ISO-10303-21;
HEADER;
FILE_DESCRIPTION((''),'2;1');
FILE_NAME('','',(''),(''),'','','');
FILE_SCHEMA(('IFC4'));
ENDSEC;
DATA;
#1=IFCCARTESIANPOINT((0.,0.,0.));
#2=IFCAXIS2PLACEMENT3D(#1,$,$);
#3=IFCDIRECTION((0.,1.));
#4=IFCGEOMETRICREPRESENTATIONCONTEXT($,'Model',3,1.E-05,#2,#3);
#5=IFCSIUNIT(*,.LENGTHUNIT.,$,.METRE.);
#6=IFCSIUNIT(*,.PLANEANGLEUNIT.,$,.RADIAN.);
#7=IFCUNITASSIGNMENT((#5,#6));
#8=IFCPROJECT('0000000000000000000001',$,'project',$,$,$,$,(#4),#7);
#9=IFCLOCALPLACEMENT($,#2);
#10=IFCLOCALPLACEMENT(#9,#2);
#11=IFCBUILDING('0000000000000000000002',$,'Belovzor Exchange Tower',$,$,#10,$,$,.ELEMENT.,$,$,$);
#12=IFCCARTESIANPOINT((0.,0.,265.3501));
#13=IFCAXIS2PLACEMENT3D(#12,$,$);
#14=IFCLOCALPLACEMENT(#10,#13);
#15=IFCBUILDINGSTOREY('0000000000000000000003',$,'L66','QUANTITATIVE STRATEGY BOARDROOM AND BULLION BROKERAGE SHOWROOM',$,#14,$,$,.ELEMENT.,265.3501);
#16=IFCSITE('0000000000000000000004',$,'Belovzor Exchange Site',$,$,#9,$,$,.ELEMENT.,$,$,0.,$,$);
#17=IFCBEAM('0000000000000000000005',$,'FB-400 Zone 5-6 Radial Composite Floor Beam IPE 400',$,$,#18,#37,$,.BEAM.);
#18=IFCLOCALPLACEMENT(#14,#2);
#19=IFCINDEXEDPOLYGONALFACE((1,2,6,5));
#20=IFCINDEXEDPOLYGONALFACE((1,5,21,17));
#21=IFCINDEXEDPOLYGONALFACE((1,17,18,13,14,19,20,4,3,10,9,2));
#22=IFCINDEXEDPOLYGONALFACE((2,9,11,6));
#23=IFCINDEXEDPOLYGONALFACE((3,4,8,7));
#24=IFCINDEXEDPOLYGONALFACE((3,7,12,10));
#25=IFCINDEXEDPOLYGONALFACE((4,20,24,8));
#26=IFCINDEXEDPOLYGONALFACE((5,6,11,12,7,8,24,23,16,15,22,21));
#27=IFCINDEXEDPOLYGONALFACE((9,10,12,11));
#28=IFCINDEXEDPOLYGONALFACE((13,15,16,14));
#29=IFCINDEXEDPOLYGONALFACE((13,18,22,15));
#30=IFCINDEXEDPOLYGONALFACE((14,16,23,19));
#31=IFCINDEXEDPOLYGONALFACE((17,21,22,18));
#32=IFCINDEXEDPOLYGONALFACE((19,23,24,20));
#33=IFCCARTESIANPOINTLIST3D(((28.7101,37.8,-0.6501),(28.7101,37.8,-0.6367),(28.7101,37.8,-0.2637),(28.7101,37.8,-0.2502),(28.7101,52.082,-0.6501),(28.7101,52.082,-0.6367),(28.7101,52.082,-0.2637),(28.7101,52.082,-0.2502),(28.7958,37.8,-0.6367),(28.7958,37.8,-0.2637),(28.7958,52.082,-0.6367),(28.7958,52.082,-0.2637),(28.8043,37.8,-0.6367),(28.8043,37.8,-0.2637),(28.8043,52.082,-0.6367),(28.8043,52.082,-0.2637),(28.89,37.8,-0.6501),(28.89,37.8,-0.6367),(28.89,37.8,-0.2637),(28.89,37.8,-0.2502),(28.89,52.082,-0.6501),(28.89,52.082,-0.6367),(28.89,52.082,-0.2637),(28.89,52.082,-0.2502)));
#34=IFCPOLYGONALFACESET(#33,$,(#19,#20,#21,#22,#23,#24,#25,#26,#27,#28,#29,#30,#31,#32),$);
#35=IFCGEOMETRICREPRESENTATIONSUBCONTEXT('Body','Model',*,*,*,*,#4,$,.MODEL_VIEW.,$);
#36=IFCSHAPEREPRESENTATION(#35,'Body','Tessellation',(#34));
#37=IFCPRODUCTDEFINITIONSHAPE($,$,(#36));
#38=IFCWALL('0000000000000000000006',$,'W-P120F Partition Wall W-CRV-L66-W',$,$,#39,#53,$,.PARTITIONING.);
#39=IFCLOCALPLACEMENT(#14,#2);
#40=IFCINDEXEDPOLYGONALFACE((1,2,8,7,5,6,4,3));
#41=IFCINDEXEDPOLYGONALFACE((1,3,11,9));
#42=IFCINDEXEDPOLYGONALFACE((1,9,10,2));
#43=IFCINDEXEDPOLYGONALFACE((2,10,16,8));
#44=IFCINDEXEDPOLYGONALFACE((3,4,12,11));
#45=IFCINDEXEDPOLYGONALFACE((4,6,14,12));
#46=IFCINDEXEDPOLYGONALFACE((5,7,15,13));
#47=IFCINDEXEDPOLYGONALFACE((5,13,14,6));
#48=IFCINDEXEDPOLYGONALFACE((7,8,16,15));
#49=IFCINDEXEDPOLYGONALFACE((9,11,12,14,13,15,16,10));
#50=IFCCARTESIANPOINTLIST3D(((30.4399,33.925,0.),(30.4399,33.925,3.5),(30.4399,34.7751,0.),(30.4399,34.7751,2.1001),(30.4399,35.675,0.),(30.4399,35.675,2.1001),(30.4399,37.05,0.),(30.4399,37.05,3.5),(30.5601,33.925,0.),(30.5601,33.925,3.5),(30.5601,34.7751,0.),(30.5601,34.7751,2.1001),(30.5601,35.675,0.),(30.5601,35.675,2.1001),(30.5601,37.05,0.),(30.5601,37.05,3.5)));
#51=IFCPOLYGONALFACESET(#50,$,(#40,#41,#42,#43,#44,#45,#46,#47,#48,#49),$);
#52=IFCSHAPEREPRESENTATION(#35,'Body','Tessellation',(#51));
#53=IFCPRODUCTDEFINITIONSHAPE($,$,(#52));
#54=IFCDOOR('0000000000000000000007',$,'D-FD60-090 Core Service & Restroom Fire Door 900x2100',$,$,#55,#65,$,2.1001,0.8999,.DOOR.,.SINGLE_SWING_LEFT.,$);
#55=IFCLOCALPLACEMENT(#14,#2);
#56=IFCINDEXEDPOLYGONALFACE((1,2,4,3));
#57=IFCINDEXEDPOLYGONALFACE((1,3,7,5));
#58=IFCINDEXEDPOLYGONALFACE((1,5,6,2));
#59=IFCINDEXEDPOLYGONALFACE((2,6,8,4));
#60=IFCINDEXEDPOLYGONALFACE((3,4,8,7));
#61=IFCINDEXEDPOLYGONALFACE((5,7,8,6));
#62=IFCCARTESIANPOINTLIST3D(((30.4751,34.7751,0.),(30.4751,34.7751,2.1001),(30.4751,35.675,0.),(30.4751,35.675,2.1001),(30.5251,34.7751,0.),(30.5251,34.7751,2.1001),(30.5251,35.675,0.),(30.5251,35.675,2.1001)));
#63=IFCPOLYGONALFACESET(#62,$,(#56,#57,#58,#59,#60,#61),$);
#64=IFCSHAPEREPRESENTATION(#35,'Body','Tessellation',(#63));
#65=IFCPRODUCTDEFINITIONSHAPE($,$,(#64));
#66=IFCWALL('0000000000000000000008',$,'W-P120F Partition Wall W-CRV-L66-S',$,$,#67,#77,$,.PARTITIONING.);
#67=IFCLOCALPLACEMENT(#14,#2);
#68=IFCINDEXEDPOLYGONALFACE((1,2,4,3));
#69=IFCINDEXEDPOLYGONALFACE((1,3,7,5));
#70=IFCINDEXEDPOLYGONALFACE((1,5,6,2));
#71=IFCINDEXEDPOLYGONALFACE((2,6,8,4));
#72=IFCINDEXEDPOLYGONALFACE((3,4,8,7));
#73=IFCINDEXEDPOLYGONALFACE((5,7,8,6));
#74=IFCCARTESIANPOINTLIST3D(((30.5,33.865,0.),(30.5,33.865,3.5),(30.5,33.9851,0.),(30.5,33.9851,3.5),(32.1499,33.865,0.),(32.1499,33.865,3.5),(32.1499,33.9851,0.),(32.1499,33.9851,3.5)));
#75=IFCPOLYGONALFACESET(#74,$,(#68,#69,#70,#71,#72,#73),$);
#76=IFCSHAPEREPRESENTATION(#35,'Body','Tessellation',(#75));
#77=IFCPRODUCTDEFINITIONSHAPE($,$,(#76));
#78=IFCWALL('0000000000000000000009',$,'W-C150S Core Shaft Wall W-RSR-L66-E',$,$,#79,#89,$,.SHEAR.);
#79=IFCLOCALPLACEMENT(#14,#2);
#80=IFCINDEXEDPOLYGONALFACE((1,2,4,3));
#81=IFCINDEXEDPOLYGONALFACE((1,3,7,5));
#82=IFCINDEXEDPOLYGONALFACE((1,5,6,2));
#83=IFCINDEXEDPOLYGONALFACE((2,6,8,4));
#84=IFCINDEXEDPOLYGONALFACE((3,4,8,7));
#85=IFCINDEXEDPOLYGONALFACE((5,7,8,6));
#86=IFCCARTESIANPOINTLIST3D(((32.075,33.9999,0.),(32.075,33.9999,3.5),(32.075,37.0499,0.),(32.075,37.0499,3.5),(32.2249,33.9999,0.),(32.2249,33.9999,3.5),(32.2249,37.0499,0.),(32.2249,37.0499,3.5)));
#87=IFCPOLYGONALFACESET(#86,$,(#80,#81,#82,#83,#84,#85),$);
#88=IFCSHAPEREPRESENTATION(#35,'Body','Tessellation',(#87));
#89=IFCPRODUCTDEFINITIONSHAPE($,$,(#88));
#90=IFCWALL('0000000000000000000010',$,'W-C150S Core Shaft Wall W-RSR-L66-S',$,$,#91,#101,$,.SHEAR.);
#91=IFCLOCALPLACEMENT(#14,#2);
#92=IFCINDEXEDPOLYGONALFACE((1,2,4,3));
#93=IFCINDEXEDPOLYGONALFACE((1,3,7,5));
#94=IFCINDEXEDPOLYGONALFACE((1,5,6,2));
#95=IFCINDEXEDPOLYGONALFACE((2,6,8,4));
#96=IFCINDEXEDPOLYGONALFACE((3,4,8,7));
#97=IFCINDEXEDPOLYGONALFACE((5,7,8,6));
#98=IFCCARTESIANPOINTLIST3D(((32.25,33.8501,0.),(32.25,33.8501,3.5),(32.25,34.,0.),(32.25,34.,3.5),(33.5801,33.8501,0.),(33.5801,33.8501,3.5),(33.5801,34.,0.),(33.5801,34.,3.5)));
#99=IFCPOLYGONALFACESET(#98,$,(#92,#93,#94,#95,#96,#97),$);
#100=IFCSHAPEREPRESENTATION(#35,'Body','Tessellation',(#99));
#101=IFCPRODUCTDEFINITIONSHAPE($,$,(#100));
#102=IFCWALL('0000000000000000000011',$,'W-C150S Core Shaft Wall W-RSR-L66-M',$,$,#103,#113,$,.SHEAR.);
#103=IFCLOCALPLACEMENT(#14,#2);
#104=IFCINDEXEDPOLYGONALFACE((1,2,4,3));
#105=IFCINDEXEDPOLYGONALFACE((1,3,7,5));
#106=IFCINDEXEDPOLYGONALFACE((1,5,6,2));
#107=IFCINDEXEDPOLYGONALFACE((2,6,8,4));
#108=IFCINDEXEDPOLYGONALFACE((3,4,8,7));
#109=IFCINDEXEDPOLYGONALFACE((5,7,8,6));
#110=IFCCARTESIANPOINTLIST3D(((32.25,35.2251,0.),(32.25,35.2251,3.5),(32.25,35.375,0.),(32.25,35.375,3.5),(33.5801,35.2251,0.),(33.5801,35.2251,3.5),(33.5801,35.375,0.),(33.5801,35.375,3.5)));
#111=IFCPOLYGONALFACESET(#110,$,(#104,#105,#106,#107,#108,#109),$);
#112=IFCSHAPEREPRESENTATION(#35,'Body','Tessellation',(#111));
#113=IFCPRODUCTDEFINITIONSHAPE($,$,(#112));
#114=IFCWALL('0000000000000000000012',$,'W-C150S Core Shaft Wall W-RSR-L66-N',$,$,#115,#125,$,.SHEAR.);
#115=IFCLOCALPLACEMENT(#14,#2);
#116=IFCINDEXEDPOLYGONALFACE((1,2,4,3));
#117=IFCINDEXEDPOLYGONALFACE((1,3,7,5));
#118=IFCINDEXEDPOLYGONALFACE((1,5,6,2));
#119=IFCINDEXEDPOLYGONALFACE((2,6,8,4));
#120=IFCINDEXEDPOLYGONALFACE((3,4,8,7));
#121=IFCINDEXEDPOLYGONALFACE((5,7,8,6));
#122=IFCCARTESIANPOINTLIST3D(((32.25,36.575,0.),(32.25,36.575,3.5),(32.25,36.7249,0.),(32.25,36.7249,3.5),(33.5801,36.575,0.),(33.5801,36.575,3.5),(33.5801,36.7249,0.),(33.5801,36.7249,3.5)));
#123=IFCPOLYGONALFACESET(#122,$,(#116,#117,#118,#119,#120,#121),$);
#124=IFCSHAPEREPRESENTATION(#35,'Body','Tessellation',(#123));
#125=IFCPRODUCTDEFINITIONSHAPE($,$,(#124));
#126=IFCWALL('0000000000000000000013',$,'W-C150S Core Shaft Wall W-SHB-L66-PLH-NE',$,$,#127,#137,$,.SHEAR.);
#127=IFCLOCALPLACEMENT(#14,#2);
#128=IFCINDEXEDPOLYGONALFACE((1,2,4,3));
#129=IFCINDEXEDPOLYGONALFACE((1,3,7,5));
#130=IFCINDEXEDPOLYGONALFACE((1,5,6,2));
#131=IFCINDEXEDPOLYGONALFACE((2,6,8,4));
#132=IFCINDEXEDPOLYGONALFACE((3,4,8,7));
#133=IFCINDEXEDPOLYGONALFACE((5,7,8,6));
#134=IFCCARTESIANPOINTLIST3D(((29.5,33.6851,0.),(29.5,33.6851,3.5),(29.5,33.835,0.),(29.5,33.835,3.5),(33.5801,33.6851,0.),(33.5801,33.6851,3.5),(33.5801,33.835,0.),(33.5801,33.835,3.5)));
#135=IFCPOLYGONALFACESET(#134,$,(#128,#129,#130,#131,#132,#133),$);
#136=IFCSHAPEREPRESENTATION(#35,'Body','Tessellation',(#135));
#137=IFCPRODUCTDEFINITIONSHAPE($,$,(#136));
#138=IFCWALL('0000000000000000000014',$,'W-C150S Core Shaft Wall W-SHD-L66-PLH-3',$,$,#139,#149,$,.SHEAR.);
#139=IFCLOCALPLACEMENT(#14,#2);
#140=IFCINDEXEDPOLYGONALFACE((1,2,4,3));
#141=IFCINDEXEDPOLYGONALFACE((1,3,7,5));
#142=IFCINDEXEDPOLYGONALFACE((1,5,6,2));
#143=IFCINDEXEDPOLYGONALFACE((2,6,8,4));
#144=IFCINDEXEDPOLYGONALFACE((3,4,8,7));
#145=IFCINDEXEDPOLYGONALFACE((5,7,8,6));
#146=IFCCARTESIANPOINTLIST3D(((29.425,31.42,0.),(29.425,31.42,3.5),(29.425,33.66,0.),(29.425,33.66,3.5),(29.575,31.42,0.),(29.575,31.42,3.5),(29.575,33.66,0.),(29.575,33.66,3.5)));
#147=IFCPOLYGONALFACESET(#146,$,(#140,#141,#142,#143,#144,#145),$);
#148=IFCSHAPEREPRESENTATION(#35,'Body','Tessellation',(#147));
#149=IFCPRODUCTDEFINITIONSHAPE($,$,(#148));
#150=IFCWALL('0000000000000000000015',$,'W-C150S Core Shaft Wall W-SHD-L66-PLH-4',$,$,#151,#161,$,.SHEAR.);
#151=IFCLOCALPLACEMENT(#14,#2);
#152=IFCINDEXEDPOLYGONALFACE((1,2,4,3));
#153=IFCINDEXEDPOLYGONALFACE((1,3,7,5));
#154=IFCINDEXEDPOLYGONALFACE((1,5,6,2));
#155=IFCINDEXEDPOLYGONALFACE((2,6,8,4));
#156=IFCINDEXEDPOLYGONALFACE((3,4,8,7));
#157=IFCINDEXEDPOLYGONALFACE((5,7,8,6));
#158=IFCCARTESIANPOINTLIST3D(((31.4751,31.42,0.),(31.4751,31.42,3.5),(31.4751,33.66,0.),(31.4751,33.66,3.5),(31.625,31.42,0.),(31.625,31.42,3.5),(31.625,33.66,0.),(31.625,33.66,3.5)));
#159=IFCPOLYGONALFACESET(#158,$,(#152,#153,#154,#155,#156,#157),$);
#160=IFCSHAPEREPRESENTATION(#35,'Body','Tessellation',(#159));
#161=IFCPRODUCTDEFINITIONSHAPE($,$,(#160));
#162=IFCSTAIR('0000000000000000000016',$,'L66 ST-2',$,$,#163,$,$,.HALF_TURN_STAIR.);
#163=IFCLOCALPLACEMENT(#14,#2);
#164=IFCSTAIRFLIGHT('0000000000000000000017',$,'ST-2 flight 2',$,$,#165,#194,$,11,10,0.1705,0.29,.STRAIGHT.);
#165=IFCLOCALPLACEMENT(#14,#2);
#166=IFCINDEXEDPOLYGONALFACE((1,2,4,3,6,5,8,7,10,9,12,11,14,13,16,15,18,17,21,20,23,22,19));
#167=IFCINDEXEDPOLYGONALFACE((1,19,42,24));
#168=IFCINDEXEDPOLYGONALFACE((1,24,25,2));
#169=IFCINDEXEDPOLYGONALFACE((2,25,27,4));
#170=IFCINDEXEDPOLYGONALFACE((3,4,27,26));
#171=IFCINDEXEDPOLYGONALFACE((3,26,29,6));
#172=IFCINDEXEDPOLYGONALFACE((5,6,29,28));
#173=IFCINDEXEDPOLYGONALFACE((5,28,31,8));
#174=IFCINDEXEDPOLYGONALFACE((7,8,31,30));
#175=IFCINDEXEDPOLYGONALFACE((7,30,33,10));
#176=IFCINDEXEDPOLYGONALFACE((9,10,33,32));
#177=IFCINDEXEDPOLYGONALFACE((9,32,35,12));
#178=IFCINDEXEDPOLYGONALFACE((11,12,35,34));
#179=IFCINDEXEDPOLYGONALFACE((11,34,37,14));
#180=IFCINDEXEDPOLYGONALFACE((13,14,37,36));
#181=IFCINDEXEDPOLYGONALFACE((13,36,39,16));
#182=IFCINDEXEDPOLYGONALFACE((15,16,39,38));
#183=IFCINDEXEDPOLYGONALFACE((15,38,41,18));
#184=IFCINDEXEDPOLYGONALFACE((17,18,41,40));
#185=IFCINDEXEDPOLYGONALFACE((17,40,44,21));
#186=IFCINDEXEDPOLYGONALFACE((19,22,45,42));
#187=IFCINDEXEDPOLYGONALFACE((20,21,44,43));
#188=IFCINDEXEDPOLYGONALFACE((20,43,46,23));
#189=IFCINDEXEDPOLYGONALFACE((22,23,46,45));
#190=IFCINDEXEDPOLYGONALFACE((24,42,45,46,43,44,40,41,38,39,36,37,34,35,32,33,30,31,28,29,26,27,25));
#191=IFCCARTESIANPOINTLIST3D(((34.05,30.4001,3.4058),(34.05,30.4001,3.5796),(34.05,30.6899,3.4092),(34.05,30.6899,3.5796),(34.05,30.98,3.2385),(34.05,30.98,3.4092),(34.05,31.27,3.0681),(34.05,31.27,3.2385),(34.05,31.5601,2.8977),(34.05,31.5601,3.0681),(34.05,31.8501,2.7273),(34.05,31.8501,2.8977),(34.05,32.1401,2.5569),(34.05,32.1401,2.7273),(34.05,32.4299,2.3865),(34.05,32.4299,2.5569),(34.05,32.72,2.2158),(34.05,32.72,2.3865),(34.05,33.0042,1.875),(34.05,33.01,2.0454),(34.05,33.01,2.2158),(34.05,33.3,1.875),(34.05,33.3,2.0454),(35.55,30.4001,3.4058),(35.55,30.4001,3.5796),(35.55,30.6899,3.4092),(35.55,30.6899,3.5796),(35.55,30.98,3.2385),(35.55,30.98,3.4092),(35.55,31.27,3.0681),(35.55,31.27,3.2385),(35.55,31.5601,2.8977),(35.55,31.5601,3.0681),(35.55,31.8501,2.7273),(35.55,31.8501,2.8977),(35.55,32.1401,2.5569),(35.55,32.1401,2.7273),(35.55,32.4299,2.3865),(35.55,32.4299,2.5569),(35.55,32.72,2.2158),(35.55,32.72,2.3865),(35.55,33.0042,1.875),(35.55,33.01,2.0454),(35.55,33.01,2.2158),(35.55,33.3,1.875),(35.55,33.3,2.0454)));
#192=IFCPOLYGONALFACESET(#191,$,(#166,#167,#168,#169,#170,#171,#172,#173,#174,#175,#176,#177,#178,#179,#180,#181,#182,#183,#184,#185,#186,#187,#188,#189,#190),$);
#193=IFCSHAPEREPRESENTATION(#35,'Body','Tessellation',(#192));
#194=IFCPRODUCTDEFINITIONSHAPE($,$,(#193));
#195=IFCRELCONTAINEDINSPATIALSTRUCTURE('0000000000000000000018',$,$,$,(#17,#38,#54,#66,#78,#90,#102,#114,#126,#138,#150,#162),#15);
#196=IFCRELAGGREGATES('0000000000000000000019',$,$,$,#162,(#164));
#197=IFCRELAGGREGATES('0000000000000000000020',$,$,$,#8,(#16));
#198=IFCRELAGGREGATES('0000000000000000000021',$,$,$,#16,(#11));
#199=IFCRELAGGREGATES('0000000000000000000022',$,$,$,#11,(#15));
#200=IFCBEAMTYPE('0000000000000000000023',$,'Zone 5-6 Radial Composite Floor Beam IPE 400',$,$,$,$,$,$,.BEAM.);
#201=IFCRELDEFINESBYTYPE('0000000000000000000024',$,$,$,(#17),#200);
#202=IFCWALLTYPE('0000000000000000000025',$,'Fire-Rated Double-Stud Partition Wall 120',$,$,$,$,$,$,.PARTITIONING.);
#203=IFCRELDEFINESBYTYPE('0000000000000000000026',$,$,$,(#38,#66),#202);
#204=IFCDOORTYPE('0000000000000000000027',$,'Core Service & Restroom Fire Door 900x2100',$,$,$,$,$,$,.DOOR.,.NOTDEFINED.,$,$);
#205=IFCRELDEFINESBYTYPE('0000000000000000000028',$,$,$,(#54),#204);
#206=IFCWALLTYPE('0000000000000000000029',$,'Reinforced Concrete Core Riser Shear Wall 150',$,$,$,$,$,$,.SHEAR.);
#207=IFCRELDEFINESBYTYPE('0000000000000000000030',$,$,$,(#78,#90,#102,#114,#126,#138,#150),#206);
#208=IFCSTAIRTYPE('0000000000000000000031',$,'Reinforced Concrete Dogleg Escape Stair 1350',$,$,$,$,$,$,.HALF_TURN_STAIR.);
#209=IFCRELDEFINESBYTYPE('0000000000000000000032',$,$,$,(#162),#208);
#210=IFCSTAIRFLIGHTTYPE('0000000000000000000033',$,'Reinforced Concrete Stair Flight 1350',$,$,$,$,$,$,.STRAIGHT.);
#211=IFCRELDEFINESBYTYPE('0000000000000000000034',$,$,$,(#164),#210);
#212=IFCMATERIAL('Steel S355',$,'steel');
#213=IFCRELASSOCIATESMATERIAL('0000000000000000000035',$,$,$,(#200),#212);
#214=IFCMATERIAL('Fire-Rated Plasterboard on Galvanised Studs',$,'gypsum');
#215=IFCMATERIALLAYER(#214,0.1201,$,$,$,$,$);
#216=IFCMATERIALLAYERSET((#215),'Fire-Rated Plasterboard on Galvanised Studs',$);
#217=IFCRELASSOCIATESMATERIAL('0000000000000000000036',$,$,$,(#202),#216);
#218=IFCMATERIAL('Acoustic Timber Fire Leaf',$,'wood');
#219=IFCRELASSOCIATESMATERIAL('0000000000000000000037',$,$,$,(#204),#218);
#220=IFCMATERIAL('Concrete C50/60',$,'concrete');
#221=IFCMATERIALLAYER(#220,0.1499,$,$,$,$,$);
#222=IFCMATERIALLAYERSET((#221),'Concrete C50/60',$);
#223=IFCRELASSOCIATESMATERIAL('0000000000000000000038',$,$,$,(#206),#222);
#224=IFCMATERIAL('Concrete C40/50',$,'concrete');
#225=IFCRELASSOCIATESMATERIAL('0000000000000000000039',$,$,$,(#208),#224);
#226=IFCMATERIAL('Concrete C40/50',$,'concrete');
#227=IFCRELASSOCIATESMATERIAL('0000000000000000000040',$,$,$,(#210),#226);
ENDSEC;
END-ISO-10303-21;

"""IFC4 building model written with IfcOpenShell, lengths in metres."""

from ifc_helpers import new_model, si_unit, direction, frame, frame_2d, origin, origin_2d, place, context, subcontext, project, spatial, polyline, rectangle, i_section, outline, extrude, material, layer, layer_set, material_profile, profile_set, type_object, element, fill, aggregate, save


model = new_model("IFC4")

# Units and contexts
model_context = context("Model", 3, precision=1e-05, world=origin(), true_north=direction((0.0, 1.0)))
body_context = subcontext(model_context, "Body", "Model", "MODEL_VIEW")
ifc_project = project(units=[si_unit("LENGTHUNIT", "METRE"), si_unit("PLANEANGLEUNIT", "RADIAN")], contexts=[model_context])

# Site, building, storey
site_placement = place(None, origin())
site = spatial("IfcSite", under=ifc_project, at=site_placement, Name="Belovzor Exchange Site", CompositionType="ELEMENT", RefElevation=0.0)
building_placement = place(site_placement, origin())
building = spatial("IfcBuilding", under=site, at=building_placement, Name="Belovzor Exchange Tower", CompositionType="ELEMENT")
storey_placement = place(building_placement, frame((0.0, 0.0, 265.3501)))
storey = spatial("IfcBuildingStorey", under=building, at=storey_placement, Name="L66", Description="QUANTITATIVE STRATEGY BOARDROOM AND BULLION BROKERAGE SHOWROOM", CompositionType="ELEMENT", Elevation=265.3501)

# Beam
ifc_material_1 = material(Name="Steel S355", Category="steel")
ifc_material_profile = material_profile(ifc_material_1, i_section(OverallWidth=0.1799, OverallDepth=0.3999, WebThickness=0.0085, FlangeThickness=0.0134, at=origin_2d()))
ifc_profile_set = profile_set([ifc_material_profile], Name="Steel S355")
beam_type = type_object("IfcBeamType", Name="Zone 5-6 Radial Composite Floor Beam IPE 400", PredefinedType="BEAM", material=ifc_profile_set)
beam_placement = place(storey_placement, frame((28.8, 37.8, -0.4502), z_axis=(0.0, 1.0, 0.0), x_axis=(-1.0, 0.0, 0.0)))
element("IfcBeam", 1, at=beam_placement, inside=storey, type_object=beam_type, Name="FB-400 Zone 5-6 Radial Composite Floor Beam IPE 400", PredefinedType="BEAM", context=body_context, shape_type="SweptSolid", body=[
    extrude(i_section(OverallWidth=0.1799, OverallDepth=0.3999, WebThickness=0.0085, FlangeThickness=0.0134, at=origin_2d()), origin(), (0.0, 0.0, 1.0), 14.282),
])

# Wall, opening, door
ifc_material_2 = material(Name="Fire-Rated Plasterboard on Galvanised Studs", Category="gypsum")
ifc_layer_1 = layer(ifc_material_2, 0.1201)
ifc_layer_set_1 = layer_set([ifc_layer_1], Name="Fire-Rated Plasterboard on Galvanised Studs")
wall_type_1 = type_object("IfcWallType", Name="Fire-Rated Double-Stud Partition Wall 120", PredefinedType="PARTITIONING", material=ifc_layer_set_1)
wall_1_placement = place(storey_placement, frame((30.5, 33.925, 0.0), z_axis=(0.0, 0.0, 1.0), x_axis=(0.0, 1.0, 0.0)))
wall_1 = element("IfcWall", 2, at=wall_1_placement, inside=storey, type_object=wall_type_1, Name="W-P120F Partition Wall W-CRV-L66-W", PredefinedType="PARTITIONING", context=body_context, shape_type="SweptSolid", body=[
    extrude(rectangle(XDim=3.125, YDim=0.1201, at=frame_2d((1.5625, 0.0))), origin(), (0.0, 0.0, 1.0), 3.5),
])
opening_1_placement = place(wall_1_placement, frame((0.8501, 0.0, 0.0)))
opening_1 = element("IfcOpeningElement", 3, at=opening_1_placement, cuts=wall_1, PredefinedType="OPENING", context=body_context, shape_type="SweptSolid", body=[
    extrude(rectangle(XDim=0.8999, YDim=2.1001, at=frame_2d((0.45, 1.05))), frame((0.0, 0.0701, 0.0), z_axis=(0.0, -1.0, 0.0), x_axis=(1.0, 0.0, 0.0)), (0.0, 0.0, 1.0), 0.1401),
])
ifc_material_3 = material(Name="Acoustic Timber Fire Leaf", Category="wood")
door_type_1 = type_object("IfcDoorType", Name="Core Service & Restroom Fire Door 900x2100", OperationType="NOTDEFINED", PredefinedType="DOOR", material=ifc_material_3)
door_1_placement = place(opening_1_placement, origin())
door_1 = element("IfcDoor", 4, at=door_1_placement, inside=storey, type_object=door_type_1, Name="D-FD60-090 Core Service & Restroom Fire Door 900x2100", OperationType="SINGLE_SWING_LEFT", OverallHeight=2.1001, OverallWidth=0.8999, PredefinedType="DOOR", context=body_context, shape_type="SweptSolid", body=[
    extrude(rectangle(XDim=0.8999, YDim=2.1001, at=frame_2d((0.45, 1.05))), frame((0.0, 0.0249, 0.0), z_axis=(0.0, -1.0, 0.0), x_axis=(1.0, 0.0, 0.0)), (0.0, 0.0, 1.0), 0.05),
])
fill(opening_1, door_1)

# Walls
wall_2_placement = place(storey_placement, frame((30.5, 33.925, 0.0), z_axis=(0.0, 0.0, 1.0), x_axis=(1.0, 0.0, 0.0)))
element("IfcWall", 5, at=wall_2_placement, inside=storey, type_object=wall_type_1, Name="W-P120F Partition Wall W-CRV-L66-S", PredefinedType="PARTITIONING", context=body_context, shape_type="SweptSolid", body=[
    extrude(rectangle(XDim=1.6499, YDim=0.1201, at=frame_2d((0.825, 0.0))), origin(), (0.0, 0.0, 1.0), 3.5),
])
ifc_material_4 = material(Name="Concrete C50/60", Category="concrete")
ifc_layer_2 = layer(ifc_material_4, 0.1499)
ifc_layer_set_2 = layer_set([ifc_layer_2], Name="Concrete C50/60")
wall_type_2 = type_object("IfcWallType", Name="Reinforced Concrete Core Riser Shear Wall 150", PredefinedType="SHEAR", material=ifc_layer_set_2)
wall_3_placement = place(storey_placement, frame((32.1499, 34.0, 0.0), z_axis=(0.0, 0.0, 1.0), x_axis=(0.0, 1.0, 0.0)))
element("IfcWall", 6, at=wall_3_placement, inside=storey, type_object=wall_type_2, Name="W-C150S Core Shaft Wall W-RSR-L66-E", PredefinedType="SHEAR", context=body_context, shape_type="SweptSolid", body=[
    extrude(rectangle(XDim=3.05, YDim=0.1499, at=frame_2d((1.5249, 0.0))), origin(), (0.0, 0.0, 1.0), 3.5),
])
for number, where, z_axis, x_axis, name in (
    (7, (32.25, 33.925, 0.0), (0.0, 0.0, 1.0), (1.0, 0.0, 0.0), "W-C150S Core Shaft Wall W-RSR-L66-S"),
    (8, (32.25, 35.3, 0.0), (0.0, 0.0, 1.0), (1.0, 0.0, 0.0), "W-C150S Core Shaft Wall W-RSR-L66-M"),
    (9, (32.25, 36.6499, 0.0), (0.0, 0.0, 1.0), (1.0, 0.0, 0.0), "W-C150S Core Shaft Wall W-RSR-L66-N"),
):
    element("IfcWall", number, at=place(storey_placement, frame(where, z_axis=z_axis, x_axis=x_axis)), inside=storey, type_object=wall_type_2, Name=name, PredefinedType="SHEAR", context=body_context, shape_type="SweptSolid", body=[
        extrude(rectangle(XDim=1.3301, YDim=0.1499, at=frame_2d((0.665, 0.0))), origin(), (0.0, 0.0, 1.0), 3.5),
    ])
wall_4_placement = place(storey_placement, frame((29.5, 33.76, 0.0), z_axis=(0.0, 0.0, 1.0), x_axis=(1.0, 0.0, 0.0)))
element("IfcWall", 10, at=wall_4_placement, inside=storey, type_object=wall_type_2, Name="W-C150S Core Shaft Wall W-SHB-L66-PLH-NE", PredefinedType="SHEAR", context=body_context, shape_type="SweptSolid", body=[
    extrude(rectangle(XDim=4.0801, YDim=0.1499, at=frame_2d((2.04, 0.0))), origin(), (0.0, 0.0, 1.0), 3.5),
])
for number, where, z_axis, x_axis, name in (
    (11, (29.5, 31.4199, 0.0), (0.0, 0.0, 1.0), (0.0, 1.0, 0.0), "W-C150S Core Shaft Wall W-SHD-L66-PLH-3"),
    (12, (31.55, 31.4199, 0.0), (0.0, 0.0, 1.0), (0.0, 1.0, 0.0), "W-C150S Core Shaft Wall W-SHD-L66-PLH-4"),
):
    element("IfcWall", number, at=place(storey_placement, frame(where, z_axis=z_axis, x_axis=x_axis)), inside=storey, type_object=wall_type_2, Name=name, PredefinedType="SHEAR", context=body_context, shape_type="SweptSolid", body=[
        extrude(rectangle(XDim=2.24, YDim=0.1499, at=frame_2d((1.1201, 0.0))), origin(), (0.0, 0.0, 1.0), 3.5),
    ])

# Stair, stair flight
ifc_material_5 = material(Name="Concrete C40/50", Category="concrete")
stair_type = type_object("IfcStairType", Name="Reinforced Concrete Dogleg Escape Stair 1350", PredefinedType="HALF_TURN_STAIR", material=ifc_material_5)
stair_placement = place(storey_placement, origin())
stair = element("IfcStair", 13, at=stair_placement, inside=storey, type_object=stair_type, Name="L66 ST-2", PredefinedType="HALF_TURN_STAIR")
ifc_material_6 = material(Name="Concrete C40/50", Category="concrete")
stair_flight_type = type_object("IfcStairFlightType", Name="Reinforced Concrete Stair Flight 1350", PredefinedType="STRAIGHT", material=ifc_material_6)
stair_flight_placement = place(storey_placement, frame((34.8, 33.3, 1.875), z_axis=(0.0, 0.0, 1.0), x_axis=(0.0, -1.0, 0.0)))
stair_flight = element("IfcStairFlight", 14, at=stair_flight_placement, type_object=stair_flight_type, Name="ST-2 flight 2", NumberOfRisers=11, NumberOfTreads=10, PredefinedType="STRAIGHT", RiserHeight=0.1705, TreadLength=0.29, context=body_context, shape_type="SweptSolid", body=[
    extrude(outline(polyline([(0.0, 0.0), (0.0, 0.1704), (0.29, 0.1704), (0.29, 0.3408), (0.5801, 0.3408), (0.5801, 0.5115), (0.8701, 0.5115), (0.8701, 0.6819), (1.1599, 0.6819), (1.1599, 0.8523), (1.45, 0.8523), (1.45, 1.0227), (1.74, 1.0227), (1.74, 1.1931), (2.03, 1.1931), (2.03, 1.3635), (2.3201, 1.3635), (2.3201, 1.5342), (2.6101, 1.5342), (2.6101, 1.7046), (2.8999, 1.7046), (2.8999, 1.875), (2.8999, 1.5308), (0.2959, 0.0), (0.0, 0.0)])), frame((0.0, 0.75, 0.0), z_axis=(0.0, -1.0, 0.0), x_axis=(1.0, 0.0, 0.0)), (0.0, 0.0, 1.0), 1.5),
])
aggregate(stair, [stair_flight])

save(model, "model.ifc")
